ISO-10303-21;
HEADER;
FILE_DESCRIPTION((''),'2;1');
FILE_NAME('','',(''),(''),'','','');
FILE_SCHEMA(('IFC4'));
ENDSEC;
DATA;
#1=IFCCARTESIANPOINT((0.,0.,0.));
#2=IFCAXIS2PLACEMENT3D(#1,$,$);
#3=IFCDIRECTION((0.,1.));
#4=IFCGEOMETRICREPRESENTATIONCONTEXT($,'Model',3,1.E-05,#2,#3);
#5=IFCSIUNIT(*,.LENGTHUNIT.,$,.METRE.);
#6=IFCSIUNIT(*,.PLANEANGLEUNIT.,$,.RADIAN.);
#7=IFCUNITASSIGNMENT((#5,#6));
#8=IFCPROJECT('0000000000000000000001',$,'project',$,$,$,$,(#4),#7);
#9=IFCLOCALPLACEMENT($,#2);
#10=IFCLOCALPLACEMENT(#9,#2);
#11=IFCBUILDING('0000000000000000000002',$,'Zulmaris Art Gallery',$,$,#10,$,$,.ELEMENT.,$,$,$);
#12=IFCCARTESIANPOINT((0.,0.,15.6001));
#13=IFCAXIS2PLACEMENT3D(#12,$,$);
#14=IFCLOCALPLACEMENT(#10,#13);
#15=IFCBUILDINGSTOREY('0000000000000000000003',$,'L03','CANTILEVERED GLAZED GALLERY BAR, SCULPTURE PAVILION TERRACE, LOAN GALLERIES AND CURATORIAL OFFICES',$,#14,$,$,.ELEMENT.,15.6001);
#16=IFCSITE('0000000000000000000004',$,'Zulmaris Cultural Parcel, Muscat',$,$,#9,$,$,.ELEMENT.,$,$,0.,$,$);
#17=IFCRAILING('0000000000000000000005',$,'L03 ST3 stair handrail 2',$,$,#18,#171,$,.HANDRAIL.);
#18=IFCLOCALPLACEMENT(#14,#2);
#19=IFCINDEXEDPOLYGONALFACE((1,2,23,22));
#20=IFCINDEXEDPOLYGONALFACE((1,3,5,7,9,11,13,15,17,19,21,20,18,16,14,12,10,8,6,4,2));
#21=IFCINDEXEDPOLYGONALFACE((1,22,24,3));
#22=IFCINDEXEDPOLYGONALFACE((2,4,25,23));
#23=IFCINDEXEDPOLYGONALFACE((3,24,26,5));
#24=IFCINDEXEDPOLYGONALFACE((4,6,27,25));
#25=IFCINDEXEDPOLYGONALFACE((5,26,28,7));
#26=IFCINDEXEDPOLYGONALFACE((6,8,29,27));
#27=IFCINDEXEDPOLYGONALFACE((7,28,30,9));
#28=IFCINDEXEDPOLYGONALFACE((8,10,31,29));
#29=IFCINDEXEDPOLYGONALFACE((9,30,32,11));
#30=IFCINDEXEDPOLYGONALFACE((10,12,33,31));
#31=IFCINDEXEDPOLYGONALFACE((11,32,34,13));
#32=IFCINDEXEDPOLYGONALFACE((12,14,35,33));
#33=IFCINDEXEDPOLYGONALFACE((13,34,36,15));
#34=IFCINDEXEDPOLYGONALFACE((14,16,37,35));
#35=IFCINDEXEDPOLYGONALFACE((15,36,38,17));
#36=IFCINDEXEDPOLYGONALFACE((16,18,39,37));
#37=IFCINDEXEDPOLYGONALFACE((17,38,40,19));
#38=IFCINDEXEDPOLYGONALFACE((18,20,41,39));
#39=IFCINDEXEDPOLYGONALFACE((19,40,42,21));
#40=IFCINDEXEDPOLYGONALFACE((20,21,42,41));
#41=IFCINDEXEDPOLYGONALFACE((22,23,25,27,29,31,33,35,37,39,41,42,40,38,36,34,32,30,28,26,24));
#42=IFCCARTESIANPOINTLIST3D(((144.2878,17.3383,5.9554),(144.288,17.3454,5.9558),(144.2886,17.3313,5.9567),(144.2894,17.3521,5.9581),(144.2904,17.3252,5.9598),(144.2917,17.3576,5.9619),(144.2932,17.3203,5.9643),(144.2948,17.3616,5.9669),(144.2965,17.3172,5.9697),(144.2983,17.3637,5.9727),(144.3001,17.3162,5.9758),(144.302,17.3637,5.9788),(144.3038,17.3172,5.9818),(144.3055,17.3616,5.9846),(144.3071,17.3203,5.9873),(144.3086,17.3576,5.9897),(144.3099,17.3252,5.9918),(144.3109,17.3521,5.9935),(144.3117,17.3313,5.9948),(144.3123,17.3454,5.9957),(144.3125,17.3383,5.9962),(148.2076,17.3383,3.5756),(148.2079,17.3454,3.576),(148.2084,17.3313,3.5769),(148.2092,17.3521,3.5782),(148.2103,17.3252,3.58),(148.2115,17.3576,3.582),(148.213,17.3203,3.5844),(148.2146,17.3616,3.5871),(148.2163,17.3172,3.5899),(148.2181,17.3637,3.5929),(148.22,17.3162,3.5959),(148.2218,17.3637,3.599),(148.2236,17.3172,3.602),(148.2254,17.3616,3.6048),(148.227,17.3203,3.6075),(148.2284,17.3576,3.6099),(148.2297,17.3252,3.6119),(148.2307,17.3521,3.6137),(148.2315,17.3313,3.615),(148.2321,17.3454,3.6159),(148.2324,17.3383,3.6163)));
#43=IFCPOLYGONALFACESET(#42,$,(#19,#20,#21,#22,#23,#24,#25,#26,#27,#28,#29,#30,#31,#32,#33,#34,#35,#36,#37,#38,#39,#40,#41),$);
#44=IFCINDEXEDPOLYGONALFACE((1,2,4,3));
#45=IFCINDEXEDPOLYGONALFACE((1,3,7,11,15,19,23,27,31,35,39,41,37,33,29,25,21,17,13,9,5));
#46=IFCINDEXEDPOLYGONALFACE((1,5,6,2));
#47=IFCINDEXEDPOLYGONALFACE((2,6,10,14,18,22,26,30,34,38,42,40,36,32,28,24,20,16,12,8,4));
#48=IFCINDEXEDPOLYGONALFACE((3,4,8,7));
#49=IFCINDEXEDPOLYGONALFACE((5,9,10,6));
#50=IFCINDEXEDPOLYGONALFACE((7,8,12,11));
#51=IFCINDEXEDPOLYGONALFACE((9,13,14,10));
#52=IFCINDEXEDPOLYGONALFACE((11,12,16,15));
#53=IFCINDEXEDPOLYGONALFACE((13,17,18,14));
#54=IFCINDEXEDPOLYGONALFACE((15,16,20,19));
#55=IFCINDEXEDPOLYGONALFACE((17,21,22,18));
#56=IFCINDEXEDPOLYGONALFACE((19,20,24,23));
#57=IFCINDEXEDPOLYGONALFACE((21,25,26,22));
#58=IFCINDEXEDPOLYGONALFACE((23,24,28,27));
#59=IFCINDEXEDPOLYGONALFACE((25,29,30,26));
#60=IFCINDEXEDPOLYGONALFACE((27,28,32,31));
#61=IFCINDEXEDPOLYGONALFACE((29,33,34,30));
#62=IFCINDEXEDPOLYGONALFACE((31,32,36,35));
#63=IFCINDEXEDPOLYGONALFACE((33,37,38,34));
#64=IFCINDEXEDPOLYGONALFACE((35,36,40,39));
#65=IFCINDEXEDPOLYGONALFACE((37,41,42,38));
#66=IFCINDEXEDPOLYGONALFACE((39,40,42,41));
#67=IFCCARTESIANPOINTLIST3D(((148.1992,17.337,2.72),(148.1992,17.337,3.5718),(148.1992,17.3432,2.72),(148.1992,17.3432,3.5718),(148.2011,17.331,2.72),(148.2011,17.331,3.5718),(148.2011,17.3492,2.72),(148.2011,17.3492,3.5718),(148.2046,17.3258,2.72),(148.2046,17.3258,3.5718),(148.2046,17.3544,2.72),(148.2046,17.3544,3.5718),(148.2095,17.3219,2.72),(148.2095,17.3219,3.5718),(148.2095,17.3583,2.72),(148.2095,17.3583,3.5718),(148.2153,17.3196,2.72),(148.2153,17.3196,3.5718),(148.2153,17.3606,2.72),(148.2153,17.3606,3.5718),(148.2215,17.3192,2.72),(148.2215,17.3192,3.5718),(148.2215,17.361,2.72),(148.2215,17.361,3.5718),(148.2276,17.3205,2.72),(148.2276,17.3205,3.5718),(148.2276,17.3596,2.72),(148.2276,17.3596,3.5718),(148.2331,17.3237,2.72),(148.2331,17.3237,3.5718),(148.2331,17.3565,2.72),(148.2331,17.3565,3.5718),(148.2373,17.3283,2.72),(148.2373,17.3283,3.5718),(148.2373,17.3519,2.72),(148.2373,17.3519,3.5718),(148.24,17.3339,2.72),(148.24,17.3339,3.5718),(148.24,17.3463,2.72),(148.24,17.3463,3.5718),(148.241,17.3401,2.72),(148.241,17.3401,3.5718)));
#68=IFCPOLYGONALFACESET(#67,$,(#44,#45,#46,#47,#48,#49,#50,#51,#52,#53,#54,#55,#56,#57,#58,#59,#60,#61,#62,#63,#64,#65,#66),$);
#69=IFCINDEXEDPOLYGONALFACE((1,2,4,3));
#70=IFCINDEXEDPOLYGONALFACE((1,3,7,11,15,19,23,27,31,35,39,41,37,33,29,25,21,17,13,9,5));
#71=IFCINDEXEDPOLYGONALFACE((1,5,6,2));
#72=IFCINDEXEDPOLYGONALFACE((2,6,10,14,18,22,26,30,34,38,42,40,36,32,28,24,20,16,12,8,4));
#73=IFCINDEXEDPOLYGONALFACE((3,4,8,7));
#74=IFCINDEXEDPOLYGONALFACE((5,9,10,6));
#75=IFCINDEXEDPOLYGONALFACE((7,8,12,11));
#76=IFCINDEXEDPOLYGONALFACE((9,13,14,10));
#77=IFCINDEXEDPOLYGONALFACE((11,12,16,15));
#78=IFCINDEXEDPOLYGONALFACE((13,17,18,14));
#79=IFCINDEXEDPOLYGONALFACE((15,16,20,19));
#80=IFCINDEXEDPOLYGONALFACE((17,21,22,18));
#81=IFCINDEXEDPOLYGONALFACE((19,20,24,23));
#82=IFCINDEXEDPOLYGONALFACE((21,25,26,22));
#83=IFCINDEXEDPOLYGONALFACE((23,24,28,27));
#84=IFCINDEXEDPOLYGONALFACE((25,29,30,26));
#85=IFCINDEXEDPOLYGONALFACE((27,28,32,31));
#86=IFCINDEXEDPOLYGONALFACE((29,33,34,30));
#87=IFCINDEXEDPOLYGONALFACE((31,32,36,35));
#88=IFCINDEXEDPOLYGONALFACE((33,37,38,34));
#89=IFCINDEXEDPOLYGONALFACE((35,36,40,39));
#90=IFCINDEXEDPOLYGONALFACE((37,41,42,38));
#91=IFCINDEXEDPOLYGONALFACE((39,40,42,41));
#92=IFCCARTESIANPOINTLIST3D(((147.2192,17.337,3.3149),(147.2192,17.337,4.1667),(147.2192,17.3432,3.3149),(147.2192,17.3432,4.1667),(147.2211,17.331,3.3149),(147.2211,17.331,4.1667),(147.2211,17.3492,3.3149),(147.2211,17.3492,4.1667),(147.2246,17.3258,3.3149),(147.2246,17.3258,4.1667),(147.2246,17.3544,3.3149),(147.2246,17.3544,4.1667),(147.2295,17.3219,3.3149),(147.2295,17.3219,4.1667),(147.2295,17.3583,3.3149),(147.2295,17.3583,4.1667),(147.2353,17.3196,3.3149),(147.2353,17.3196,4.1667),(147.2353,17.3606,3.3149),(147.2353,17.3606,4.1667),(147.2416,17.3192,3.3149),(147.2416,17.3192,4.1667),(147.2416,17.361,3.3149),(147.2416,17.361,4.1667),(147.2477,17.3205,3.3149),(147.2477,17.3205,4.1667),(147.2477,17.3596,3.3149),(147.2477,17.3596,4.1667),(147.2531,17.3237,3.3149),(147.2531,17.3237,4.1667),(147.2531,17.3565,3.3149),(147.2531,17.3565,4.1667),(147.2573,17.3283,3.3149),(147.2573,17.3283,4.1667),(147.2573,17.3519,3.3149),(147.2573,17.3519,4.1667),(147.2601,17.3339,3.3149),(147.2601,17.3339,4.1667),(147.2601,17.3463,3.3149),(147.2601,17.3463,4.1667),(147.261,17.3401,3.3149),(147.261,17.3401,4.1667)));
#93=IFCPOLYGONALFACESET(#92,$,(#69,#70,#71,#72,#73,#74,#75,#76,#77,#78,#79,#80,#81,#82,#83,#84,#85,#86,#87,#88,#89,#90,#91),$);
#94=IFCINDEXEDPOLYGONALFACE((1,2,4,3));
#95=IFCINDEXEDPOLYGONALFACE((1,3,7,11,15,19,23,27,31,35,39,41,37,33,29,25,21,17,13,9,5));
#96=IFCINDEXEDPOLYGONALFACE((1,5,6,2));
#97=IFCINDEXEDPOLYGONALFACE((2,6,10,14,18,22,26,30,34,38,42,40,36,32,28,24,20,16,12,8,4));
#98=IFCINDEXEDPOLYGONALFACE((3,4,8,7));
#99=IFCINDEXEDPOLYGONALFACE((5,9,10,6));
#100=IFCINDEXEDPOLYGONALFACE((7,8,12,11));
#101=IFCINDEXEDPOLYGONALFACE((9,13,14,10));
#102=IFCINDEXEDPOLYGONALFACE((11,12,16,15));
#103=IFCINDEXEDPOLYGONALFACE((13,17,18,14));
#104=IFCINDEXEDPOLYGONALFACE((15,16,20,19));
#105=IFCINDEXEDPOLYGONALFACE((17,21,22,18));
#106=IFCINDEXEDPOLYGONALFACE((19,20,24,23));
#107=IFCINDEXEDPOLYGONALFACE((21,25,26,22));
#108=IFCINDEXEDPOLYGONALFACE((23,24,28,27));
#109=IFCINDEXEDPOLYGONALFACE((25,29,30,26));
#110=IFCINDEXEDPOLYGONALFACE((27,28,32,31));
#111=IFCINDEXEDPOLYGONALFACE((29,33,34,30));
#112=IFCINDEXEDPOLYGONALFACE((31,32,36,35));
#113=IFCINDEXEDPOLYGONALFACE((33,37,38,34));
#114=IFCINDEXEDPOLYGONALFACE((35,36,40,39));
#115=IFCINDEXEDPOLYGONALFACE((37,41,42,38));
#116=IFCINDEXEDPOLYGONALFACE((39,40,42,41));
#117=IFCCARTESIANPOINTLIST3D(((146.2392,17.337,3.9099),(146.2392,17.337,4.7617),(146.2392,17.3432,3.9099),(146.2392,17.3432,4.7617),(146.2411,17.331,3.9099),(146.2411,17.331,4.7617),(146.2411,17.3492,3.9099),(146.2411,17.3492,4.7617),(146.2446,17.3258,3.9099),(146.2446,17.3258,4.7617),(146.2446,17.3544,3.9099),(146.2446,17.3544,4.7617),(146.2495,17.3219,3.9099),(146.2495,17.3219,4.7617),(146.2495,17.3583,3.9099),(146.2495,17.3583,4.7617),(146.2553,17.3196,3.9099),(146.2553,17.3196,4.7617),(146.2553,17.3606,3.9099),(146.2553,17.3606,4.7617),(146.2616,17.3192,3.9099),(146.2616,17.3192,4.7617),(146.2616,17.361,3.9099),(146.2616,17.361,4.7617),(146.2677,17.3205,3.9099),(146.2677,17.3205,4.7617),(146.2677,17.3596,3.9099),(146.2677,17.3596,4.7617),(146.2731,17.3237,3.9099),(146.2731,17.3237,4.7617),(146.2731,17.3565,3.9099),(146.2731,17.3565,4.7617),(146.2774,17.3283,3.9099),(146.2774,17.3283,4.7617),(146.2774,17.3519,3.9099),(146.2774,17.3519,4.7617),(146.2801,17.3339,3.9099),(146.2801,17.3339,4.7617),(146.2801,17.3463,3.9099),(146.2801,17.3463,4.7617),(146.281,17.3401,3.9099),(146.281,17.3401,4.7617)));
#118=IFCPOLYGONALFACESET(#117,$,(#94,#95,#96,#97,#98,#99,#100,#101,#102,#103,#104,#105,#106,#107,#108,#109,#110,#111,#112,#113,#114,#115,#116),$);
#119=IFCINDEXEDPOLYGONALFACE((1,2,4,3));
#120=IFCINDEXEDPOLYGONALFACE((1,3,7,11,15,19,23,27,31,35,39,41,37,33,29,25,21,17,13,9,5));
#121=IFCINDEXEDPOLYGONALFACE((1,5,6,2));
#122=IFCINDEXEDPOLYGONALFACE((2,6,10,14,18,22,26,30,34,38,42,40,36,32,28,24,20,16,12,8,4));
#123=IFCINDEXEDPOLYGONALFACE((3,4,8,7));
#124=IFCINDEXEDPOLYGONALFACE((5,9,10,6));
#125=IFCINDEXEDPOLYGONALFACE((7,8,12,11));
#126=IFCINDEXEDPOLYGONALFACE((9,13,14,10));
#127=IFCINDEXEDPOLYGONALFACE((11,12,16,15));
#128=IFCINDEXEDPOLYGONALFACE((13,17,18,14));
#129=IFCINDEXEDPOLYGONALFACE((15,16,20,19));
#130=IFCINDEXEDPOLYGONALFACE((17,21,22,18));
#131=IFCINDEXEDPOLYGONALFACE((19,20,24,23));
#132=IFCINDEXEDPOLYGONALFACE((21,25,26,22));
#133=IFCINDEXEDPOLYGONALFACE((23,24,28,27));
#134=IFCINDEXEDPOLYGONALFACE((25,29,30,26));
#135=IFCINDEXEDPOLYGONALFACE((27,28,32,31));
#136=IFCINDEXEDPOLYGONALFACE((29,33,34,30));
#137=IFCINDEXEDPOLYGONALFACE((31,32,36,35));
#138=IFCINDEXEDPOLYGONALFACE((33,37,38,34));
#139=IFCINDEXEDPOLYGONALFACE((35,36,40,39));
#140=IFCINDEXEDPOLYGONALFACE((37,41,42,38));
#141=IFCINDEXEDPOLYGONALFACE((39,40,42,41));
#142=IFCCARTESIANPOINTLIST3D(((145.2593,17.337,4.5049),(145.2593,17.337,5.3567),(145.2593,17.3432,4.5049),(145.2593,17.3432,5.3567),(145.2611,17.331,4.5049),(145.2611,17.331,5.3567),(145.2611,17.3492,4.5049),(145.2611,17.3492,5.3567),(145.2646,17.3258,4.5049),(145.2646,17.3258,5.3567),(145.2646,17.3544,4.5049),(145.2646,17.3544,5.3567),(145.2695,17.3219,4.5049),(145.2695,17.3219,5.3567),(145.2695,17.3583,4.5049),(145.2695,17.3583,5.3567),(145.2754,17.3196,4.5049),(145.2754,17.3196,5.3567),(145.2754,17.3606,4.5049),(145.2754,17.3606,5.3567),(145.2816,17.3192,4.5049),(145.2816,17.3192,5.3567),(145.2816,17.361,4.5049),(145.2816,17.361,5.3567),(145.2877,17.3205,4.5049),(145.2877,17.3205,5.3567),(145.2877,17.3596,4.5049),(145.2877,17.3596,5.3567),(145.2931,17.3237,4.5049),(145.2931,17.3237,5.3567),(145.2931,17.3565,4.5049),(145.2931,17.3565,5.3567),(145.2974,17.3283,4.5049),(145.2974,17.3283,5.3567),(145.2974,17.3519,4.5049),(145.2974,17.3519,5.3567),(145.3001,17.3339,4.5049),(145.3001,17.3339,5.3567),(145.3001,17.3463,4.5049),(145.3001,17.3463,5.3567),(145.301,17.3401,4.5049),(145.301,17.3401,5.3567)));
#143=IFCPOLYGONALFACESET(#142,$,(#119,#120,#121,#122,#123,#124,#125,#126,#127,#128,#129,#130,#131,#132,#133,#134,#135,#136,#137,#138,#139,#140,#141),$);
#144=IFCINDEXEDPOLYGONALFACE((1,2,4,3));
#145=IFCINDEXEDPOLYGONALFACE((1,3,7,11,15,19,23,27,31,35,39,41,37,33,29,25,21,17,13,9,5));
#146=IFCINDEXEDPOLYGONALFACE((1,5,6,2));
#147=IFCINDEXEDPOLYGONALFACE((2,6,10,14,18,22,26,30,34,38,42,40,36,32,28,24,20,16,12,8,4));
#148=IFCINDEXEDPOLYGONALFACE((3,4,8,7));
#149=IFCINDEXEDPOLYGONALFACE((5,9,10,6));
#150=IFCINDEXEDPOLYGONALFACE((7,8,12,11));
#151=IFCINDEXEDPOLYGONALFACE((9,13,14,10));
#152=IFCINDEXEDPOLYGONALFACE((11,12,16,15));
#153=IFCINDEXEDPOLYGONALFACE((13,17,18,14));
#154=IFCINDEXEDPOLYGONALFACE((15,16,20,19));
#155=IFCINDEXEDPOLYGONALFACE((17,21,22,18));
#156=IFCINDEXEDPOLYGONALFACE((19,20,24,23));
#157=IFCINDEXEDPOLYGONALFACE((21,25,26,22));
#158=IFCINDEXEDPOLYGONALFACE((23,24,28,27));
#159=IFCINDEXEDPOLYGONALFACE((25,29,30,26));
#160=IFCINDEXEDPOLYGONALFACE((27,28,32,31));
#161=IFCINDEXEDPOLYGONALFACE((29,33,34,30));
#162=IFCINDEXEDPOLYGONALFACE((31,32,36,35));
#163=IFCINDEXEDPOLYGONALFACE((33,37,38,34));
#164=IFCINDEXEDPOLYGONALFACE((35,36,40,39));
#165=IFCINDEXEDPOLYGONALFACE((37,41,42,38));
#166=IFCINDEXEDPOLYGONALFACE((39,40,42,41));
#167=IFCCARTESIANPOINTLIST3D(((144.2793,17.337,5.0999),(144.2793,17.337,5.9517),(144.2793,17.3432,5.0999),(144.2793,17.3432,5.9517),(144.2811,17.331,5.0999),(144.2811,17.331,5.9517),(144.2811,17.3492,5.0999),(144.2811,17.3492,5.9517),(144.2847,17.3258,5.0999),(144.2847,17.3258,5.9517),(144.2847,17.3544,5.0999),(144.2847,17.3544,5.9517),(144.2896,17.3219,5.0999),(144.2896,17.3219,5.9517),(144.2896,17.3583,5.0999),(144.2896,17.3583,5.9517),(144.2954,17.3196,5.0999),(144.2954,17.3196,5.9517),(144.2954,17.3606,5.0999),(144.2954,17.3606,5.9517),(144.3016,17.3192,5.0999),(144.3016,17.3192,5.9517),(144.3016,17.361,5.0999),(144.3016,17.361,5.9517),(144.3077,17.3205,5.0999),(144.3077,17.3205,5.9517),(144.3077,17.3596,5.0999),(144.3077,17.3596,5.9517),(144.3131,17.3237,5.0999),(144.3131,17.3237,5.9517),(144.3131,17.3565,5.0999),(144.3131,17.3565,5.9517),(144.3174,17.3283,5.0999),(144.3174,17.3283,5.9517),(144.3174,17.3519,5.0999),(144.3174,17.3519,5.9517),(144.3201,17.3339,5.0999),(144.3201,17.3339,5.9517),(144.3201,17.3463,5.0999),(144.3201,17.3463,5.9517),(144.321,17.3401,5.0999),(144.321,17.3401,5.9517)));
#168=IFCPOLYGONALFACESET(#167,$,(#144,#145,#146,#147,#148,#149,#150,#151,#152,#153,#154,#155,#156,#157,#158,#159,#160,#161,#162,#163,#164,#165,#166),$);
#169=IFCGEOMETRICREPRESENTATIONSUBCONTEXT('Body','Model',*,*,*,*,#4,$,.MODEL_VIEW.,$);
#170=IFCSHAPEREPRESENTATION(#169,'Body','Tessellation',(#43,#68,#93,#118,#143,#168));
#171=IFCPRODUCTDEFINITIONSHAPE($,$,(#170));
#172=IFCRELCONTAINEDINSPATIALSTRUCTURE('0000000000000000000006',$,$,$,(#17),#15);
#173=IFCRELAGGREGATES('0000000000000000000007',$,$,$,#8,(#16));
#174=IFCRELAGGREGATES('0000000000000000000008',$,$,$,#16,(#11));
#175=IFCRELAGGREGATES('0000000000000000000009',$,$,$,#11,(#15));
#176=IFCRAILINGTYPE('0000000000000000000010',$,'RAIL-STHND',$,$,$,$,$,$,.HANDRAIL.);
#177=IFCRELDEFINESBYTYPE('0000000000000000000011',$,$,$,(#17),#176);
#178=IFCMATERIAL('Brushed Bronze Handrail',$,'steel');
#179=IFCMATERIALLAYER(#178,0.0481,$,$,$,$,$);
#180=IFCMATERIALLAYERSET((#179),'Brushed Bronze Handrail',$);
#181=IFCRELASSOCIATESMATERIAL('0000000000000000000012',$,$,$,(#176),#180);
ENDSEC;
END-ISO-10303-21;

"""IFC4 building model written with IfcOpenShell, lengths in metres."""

from ifc_helpers import new_model, si_unit, direction, frame, origin, origin_2d, place, context, subcontext, project, spatial, circle, extrude, material, layer, layer_set, type_object, element, save


model = new_model("IFC4")

# Units and contexts
model_context = context("Model", 3, precision=1e-05, world=origin(), true_north=direction((0.0, 1.0)))
body_context = subcontext(model_context, "Body", "Model", "MODEL_VIEW")
ifc_project = project(units=[si_unit("LENGTHUNIT", "METRE"), si_unit("PLANEANGLEUNIT", "RADIAN")], contexts=[model_context])

# Site, building, storey
site_placement = place(None, origin())
site = spatial("IfcSite", under=ifc_project, at=site_placement, Name="Zulmaris Cultural Parcel, Muscat", CompositionType="ELEMENT", RefElevation=0.0)
building_placement = place(site_placement, origin())
building = spatial("IfcBuilding", under=site, at=building_placement, Name="Zulmaris Art Gallery", CompositionType="ELEMENT")
storey_placement = place(building_placement, frame((0.0, 0.0, 15.6001)))
storey = spatial("IfcBuildingStorey", under=building, at=storey_placement, Name="L03", Description="CANTILEVERED GLAZED GALLERY BAR, SCULPTURE PAVILION TERRACE, LOAN GALLERIES AND CURATORIAL OFFICES", CompositionType="ELEMENT", Elevation=15.6001)

# Railing
ifc_material_1 = material(Name="Brushed Bronze Handrail", Category="steel")
ifc_layer_1 = layer(ifc_material_1, 0.0481)
ifc_layer_set_1 = layer_set([ifc_layer_1], Name="Brushed Bronze Handrail")
railing_type_1 = type_object("IfcRailingType", Name="RAIL-STHND", PredefinedType="HANDRAIL", material=ifc_layer_set_1)
railing_1_placement = place(storey_placement, frame((148.22, 17.3401, 2.72)))
element("IfcRailing", 1, at=railing_1_placement, inside=storey, type_object=railing_type_1, Name="L03 ST3 stair handrail 2", PredefinedType="HANDRAIL", context=body_context, shape_type="SweptSolid", body=[
    extrude(circle(Radius=0.0239, at=origin_2d()), frame((0.0, 0.0, 0.876), z_axis=(-0.854794, 0.0, 0.518967), x_axis=(0.0, -1.0, 0.0)), (0.0, 0.0, 1.0), 4.5857),
    extrude(circle(Radius=0.021, at=origin_2d()), origin(), (0.0, 0.0, 1.0), 0.8518),
    extrude(circle(Radius=0.021, at=origin_2d()), frame((-0.98, 0.0, 0.595)), (0.0, 0.0, 1.0), 0.8518),
    extrude(circle(Radius=0.021, at=origin_2d()), frame((-1.96, 0.0, 1.1899)), (0.0, 0.0, 1.0), 0.8518),
    extrude(circle(Radius=0.021, at=origin_2d()), frame((-2.9399, 0.0, 1.7849)), (0.0, 0.0, 1.0), 0.8518),
    extrude(circle(Radius=0.021, at=origin_2d()), frame((-3.9199, 0.0, 2.3799)), (0.0, 0.0, 1.0), 0.8518),
])

save(model, "model.ifc")
